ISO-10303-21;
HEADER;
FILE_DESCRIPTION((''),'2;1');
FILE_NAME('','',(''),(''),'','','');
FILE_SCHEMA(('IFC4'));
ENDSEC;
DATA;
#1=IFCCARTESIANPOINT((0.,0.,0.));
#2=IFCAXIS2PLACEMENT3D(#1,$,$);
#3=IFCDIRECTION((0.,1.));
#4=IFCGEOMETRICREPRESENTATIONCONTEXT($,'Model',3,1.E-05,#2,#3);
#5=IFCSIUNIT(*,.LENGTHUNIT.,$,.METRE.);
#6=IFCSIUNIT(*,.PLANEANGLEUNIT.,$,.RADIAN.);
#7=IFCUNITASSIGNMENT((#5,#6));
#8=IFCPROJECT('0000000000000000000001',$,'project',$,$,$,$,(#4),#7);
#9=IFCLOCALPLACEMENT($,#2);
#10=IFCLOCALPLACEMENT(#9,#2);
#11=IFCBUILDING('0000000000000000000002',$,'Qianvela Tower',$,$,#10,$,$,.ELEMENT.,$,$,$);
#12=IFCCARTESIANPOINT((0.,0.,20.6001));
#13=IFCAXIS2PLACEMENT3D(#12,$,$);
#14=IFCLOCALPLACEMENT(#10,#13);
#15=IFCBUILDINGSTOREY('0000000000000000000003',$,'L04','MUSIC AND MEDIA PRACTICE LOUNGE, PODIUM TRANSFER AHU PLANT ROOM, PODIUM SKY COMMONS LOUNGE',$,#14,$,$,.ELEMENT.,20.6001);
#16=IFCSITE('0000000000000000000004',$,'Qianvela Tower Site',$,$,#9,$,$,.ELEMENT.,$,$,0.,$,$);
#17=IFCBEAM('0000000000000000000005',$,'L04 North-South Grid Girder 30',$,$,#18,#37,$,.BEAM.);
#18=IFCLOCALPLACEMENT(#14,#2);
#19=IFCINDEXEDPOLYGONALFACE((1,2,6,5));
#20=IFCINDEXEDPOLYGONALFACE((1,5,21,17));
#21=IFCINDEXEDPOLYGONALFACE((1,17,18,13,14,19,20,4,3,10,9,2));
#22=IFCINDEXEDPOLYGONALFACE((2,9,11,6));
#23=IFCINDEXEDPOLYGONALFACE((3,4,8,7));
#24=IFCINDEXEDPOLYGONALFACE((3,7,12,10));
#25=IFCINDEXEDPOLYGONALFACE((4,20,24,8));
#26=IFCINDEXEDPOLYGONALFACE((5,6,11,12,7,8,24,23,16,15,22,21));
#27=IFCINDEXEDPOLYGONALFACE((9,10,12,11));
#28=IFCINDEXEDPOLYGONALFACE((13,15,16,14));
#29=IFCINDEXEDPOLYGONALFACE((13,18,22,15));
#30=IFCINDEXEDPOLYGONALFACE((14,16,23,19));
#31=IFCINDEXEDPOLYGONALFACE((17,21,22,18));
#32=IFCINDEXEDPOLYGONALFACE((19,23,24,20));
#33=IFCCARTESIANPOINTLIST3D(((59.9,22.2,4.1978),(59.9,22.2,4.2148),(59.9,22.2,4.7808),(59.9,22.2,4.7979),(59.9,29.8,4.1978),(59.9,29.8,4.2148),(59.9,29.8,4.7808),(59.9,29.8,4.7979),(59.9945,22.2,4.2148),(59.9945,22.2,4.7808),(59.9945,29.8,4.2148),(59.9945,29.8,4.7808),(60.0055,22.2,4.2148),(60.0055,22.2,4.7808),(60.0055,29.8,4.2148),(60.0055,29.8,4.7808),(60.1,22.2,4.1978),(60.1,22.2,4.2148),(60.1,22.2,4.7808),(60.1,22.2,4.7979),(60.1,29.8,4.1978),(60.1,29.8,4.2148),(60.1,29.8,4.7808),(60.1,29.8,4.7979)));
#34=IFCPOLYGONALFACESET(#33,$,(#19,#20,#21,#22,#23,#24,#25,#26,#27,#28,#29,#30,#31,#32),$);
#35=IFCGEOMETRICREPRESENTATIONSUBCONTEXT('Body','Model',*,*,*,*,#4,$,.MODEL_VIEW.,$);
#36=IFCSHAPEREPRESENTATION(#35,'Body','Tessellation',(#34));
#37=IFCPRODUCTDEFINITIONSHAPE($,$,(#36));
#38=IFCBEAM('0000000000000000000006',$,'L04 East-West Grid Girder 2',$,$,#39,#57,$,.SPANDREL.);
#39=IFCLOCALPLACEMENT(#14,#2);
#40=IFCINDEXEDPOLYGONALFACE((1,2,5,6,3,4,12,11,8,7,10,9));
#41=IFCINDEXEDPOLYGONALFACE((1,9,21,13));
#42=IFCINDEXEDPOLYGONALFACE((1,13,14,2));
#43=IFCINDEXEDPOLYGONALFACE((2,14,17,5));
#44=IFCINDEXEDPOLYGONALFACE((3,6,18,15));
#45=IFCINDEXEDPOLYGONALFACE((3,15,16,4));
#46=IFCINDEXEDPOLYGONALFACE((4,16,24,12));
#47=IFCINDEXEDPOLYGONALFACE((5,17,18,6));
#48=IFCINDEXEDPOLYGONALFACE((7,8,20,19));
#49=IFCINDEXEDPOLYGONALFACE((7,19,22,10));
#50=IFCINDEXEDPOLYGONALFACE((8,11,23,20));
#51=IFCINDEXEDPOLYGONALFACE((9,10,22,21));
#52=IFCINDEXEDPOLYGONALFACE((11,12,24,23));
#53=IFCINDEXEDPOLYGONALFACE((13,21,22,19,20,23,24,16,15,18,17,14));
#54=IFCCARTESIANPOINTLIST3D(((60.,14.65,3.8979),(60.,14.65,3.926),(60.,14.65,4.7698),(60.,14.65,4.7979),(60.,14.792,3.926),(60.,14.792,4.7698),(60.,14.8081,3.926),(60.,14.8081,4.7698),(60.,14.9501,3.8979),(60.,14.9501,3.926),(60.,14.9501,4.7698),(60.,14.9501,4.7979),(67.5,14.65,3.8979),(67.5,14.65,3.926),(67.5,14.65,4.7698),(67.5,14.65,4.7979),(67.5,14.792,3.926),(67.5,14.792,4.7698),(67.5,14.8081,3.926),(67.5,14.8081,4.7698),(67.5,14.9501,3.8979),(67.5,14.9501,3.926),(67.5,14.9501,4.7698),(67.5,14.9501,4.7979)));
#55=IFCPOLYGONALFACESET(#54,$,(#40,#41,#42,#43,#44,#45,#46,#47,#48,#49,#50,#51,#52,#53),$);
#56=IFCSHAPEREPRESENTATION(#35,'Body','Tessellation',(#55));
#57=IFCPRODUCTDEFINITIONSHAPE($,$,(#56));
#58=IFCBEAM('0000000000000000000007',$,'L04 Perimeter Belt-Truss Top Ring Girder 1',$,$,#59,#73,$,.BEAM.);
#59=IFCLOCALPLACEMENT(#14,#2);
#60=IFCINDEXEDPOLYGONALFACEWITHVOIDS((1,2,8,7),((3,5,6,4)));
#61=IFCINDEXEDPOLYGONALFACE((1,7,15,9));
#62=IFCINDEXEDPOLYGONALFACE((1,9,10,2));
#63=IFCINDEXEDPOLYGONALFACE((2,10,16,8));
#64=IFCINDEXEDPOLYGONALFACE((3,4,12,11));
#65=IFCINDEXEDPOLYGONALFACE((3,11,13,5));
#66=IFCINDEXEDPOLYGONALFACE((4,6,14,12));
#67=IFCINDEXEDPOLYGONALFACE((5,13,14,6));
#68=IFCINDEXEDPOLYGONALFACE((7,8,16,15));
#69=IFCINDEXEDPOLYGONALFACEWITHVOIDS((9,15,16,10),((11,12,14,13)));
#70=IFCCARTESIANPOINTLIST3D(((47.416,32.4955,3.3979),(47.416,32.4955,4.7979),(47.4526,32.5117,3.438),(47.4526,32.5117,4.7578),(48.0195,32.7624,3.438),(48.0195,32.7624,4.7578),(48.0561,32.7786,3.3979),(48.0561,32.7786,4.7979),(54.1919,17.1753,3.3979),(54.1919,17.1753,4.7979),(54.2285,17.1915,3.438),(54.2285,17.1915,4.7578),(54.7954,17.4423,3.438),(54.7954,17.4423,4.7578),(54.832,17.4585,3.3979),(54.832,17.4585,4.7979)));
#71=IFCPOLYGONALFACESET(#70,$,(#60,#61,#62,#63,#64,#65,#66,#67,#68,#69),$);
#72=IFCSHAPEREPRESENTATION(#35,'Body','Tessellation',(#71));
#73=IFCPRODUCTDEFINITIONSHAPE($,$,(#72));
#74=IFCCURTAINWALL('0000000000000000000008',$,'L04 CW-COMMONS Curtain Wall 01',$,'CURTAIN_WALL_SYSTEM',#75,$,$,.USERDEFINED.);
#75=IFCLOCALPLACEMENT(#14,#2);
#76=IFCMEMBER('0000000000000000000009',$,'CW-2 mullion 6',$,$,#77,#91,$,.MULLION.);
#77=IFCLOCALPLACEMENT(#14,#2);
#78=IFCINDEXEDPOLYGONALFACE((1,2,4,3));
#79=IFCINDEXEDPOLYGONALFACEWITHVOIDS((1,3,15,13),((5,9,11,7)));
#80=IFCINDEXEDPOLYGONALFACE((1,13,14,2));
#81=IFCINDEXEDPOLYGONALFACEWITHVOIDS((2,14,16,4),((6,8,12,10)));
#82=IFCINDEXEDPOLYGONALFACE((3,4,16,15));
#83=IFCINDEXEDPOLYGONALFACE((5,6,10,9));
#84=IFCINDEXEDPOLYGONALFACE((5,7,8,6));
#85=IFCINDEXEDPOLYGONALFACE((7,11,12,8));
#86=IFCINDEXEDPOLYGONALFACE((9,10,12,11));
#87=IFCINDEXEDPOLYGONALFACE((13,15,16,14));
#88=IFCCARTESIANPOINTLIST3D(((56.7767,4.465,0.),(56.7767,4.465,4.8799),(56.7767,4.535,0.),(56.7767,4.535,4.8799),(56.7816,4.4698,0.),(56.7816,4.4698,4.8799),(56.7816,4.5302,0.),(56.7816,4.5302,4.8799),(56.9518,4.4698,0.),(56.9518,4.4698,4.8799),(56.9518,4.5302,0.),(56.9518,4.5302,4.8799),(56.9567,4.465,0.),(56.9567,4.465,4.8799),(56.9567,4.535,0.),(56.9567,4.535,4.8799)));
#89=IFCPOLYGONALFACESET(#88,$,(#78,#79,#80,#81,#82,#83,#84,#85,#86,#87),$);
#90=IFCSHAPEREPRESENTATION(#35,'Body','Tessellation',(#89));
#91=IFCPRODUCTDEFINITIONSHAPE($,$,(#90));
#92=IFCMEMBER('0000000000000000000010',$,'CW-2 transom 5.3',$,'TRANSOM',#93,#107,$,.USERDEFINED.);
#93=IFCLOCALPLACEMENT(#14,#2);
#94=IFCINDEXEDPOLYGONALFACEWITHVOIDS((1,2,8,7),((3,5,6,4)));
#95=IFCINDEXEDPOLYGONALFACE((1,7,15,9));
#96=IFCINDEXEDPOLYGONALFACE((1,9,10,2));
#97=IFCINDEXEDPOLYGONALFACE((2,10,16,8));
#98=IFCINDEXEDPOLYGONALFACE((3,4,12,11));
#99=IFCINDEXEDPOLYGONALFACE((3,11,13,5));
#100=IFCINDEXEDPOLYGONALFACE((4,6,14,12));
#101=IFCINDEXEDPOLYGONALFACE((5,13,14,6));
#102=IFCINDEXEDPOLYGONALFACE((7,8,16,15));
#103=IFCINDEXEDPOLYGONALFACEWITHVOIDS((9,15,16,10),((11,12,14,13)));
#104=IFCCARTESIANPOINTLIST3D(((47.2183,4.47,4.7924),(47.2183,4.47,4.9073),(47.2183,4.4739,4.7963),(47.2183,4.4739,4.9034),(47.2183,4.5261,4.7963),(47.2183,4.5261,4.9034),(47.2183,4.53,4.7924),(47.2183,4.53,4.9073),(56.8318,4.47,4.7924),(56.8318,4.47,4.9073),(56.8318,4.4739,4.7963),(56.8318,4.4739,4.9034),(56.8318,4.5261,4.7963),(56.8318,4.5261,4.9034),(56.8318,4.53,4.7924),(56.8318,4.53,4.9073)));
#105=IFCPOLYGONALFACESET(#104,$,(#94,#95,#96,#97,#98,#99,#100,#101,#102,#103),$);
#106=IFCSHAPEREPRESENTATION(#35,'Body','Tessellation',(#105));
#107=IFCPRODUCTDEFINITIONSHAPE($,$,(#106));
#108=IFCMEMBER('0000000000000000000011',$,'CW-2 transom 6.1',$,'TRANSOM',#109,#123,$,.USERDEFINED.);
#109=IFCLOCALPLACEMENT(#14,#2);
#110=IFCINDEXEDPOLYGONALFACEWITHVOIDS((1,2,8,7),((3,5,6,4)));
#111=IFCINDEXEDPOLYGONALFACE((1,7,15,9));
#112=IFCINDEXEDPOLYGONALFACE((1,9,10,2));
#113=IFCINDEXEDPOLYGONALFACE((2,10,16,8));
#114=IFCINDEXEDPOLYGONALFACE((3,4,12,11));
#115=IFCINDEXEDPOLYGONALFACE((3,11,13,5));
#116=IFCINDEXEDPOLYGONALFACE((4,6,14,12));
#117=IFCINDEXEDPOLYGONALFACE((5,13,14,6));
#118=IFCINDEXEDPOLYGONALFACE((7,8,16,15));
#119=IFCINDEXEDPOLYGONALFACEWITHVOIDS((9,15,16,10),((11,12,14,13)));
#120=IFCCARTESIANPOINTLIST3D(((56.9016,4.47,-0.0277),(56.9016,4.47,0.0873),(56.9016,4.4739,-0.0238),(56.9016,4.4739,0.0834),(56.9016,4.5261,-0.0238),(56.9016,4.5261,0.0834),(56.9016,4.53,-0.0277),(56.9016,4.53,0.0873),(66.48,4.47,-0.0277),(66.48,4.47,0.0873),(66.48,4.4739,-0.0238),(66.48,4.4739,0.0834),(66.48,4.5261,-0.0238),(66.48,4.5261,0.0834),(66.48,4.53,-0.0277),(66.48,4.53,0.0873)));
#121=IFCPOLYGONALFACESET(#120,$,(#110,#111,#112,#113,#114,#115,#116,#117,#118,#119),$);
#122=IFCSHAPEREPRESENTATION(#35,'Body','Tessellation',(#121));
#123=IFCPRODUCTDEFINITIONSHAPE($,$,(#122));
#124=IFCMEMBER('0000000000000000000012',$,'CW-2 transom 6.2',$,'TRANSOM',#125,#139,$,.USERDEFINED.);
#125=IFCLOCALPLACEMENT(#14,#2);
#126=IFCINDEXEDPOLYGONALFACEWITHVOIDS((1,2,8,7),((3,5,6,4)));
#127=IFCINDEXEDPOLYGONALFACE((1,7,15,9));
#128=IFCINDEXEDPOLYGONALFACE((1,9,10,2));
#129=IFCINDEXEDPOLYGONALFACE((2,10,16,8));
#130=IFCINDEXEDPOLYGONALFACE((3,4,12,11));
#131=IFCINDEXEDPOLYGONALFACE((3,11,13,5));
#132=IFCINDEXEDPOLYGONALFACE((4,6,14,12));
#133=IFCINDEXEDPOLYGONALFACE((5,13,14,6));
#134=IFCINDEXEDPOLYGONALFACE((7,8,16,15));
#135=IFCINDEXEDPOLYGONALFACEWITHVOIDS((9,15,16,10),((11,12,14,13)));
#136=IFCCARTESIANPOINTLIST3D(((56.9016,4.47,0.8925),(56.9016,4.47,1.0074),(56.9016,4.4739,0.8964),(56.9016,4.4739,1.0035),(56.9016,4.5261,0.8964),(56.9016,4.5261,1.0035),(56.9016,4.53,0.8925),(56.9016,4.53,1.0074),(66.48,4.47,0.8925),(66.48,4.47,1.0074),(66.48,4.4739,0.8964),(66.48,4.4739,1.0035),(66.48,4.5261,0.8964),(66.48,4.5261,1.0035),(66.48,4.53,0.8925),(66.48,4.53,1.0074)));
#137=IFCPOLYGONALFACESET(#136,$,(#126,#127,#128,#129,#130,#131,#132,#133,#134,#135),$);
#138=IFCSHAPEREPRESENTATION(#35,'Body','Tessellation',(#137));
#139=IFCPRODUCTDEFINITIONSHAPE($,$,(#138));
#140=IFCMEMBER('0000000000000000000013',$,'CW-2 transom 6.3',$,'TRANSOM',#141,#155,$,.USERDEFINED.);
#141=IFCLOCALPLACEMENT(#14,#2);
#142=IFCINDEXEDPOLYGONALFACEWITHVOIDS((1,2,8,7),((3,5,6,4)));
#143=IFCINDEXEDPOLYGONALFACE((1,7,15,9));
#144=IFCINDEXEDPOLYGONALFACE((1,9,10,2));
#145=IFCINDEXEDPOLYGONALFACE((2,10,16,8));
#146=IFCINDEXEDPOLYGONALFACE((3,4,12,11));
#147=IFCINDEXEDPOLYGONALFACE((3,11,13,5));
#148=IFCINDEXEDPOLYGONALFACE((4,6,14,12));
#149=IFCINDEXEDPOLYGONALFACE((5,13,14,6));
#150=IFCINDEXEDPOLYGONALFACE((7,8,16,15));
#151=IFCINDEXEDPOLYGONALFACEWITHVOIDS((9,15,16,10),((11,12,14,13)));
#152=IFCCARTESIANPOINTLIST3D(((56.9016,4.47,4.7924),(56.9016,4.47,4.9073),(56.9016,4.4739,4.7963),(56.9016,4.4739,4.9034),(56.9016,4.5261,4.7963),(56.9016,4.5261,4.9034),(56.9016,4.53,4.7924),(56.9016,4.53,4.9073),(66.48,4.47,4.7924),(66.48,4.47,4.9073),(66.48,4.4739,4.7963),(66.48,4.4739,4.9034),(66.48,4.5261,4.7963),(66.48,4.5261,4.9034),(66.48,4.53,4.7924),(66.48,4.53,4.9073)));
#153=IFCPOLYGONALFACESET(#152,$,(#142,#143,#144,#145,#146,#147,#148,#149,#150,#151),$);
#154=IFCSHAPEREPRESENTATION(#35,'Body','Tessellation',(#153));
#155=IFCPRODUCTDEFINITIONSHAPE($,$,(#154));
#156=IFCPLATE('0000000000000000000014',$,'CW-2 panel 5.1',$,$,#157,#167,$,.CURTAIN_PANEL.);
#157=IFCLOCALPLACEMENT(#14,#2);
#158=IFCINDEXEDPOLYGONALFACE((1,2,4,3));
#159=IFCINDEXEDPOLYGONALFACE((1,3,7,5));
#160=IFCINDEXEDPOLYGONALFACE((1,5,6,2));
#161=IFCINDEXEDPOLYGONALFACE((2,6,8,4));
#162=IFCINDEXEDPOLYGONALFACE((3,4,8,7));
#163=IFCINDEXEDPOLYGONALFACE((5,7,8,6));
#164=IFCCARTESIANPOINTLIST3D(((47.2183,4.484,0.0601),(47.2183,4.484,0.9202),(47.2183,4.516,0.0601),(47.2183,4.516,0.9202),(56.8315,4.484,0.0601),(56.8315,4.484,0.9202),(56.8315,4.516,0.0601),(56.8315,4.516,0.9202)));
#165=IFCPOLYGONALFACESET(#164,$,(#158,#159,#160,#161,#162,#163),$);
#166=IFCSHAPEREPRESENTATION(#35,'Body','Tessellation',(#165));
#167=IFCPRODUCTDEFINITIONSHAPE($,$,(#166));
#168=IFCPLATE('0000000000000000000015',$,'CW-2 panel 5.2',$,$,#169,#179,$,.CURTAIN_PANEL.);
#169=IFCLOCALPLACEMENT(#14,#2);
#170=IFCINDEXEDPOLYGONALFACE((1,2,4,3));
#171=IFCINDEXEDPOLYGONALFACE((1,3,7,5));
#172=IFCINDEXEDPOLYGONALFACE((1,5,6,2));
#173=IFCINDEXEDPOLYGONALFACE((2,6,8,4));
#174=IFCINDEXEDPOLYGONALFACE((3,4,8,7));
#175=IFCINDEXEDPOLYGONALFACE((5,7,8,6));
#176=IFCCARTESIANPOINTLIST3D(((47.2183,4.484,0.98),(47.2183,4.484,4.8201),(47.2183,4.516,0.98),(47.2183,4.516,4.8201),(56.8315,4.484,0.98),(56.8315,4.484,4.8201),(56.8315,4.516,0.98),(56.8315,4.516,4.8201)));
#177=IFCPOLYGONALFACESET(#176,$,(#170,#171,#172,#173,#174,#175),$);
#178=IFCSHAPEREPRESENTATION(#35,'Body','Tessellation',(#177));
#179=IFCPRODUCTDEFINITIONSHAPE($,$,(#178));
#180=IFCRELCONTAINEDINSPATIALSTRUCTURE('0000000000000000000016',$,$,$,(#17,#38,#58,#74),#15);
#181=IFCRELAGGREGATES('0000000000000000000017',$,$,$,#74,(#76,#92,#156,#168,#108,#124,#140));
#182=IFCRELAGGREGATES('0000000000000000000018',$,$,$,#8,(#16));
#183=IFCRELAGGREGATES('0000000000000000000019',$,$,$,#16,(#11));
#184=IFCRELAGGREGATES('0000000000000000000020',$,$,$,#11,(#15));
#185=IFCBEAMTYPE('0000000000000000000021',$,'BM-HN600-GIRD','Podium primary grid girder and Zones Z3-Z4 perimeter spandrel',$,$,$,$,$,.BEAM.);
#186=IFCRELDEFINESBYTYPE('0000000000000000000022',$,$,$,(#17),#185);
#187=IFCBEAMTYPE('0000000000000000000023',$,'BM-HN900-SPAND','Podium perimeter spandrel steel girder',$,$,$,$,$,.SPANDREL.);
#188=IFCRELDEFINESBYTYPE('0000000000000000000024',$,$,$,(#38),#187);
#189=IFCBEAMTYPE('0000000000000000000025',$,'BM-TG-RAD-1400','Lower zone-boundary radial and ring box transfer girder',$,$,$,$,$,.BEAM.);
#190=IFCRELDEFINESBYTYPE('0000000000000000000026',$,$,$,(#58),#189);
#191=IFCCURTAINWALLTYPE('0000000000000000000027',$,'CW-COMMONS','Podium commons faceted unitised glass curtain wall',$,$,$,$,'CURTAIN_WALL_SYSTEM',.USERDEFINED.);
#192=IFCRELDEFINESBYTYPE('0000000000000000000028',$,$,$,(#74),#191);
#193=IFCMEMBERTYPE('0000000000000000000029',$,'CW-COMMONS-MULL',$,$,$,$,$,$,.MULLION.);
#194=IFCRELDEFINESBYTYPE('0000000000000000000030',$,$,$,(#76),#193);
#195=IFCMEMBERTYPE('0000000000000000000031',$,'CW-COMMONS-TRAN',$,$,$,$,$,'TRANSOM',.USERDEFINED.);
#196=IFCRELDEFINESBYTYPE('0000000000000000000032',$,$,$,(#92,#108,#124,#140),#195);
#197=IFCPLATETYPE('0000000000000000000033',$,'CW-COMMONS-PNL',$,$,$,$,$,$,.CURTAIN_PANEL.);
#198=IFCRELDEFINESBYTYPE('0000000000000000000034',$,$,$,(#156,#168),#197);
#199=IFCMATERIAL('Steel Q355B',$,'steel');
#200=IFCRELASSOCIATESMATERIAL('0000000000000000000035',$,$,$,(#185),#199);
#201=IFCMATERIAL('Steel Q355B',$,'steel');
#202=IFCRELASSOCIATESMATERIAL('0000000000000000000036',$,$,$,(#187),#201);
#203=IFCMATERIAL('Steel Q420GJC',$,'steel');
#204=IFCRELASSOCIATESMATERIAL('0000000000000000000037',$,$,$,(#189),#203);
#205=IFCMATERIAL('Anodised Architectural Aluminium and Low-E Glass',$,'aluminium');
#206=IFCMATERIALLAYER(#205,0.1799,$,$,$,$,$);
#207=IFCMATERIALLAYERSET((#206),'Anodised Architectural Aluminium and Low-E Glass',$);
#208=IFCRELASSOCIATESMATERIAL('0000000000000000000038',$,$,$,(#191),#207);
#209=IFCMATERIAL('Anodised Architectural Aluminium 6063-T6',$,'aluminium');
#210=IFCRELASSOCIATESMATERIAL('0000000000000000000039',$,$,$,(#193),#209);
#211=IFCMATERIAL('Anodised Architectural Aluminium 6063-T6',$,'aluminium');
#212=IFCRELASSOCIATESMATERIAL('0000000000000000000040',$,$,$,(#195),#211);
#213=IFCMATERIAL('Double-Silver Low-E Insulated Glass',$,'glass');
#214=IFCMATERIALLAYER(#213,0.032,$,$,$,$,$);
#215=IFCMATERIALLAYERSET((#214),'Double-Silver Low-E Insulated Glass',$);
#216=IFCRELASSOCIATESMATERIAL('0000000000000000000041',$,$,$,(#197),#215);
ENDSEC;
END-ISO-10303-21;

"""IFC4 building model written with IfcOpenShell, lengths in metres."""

from ifc_helpers import new_model, si_unit, direction, frame, origin, origin_2d, place, context, subcontext, project, spatial, rectangle, hollow_rectangle, i_section, extrude, material, layer, layer_set, material_profile, profile_set, type_object, element, aggregate, save


model = new_model("IFC4")

# Units and contexts
model_context = context("Model", 3, precision=1e-05, world=origin(), true_north=direction((0.0, 1.0)))
body_context = subcontext(model_context, "Body", "Model", "MODEL_VIEW")
ifc_project = project(units=[si_unit("LENGTHUNIT", "METRE"), si_unit("PLANEANGLEUNIT", "RADIAN")], contexts=[model_context])

# Site, building, storey
site_placement = place(None, origin())
site = spatial("IfcSite", under=ifc_project, at=site_placement, Name="Qianvela Tower Site", CompositionType="ELEMENT", RefElevation=0.0)
building_placement = place(site_placement, origin())
building = spatial("IfcBuilding", under=site, at=building_placement, Name="Qianvela Tower", CompositionType="ELEMENT")
storey_placement = place(building_placement, frame((0.0, 0.0, 20.6001)))
storey = spatial("IfcBuildingStorey", under=building, at=storey_placement, Name="L04", Description="MUSIC AND MEDIA PRACTICE LOUNGE, PODIUM TRANSFER AHU PLANT ROOM, PODIUM SKY COMMONS LOUNGE", CompositionType="ELEMENT", Elevation=20.6001)

# Beams
ifc_material_1 = material(Name="Steel Q355B", Category="steel")
ifc_material_profile_1 = material_profile(ifc_material_1, i_section(OverallWidth=0.2, OverallDepth=0.6001, WebThickness=0.011, FlangeThickness=0.0171, at=origin_2d()), Name="HN600x200x11x17")
ifc_profile_set_1 = profile_set([ifc_material_profile_1], Name="Steel Q355B")
beam_type_1 = type_object("IfcBeamType", Name="BM-HN600-GIRD", Description="Podium primary grid girder and Zones Z3-Z4 perimeter spandrel", PredefinedType="BEAM", material=ifc_profile_set_1)
beam_1_placement = place(storey_placement, frame((60.0, 22.2, 4.4978), z_axis=(0.0, 1.0, 0.0), x_axis=(-1.0, 0.0, 0.0)))
element("IfcBeam", 1, at=beam_1_placement, inside=storey, type_object=beam_type_1, Name="L04 North-South Grid Girder 30", PredefinedType="BEAM", context=body_context, shape_type="SweptSolid", body=[
    extrude(i_section(OverallWidth=0.2, OverallDepth=0.6001, WebThickness=0.011, FlangeThickness=0.0171, at=origin_2d()), origin(), (0.0, 0.0, 1.0), 7.6001),
])
ifc_material_2 = material(Name="Steel Q355B", Category="steel")
ifc_material_profile_2 = material_profile(ifc_material_2, i_section(OverallWidth=0.3, OverallDepth=0.8999, WebThickness=0.0161, FlangeThickness=0.0281, at=origin_2d()), Name="HN900x300x16x28")
ifc_profile_set_2 = profile_set([ifc_material_profile_2], Name="Steel Q355B")
beam_type_2 = type_object("IfcBeamType", Name="BM-HN900-SPAND", Description="Podium perimeter spandrel steel girder", PredefinedType="SPANDREL", material=ifc_profile_set_2)
beam_2_placement = place(storey_placement, frame((60.0, 14.8, 4.3479), z_axis=(1.0, 0.0, 0.0), x_axis=(0.0, 1.0, 0.0)))
element("IfcBeam", 2, at=beam_2_placement, inside=storey, type_object=beam_type_2, Name="L04 East-West Grid Girder 2", PredefinedType="SPANDREL", context=body_context, shape_type="SweptSolid", body=[
    extrude(i_section(OverallWidth=0.3, OverallDepth=0.8999, WebThickness=0.0161, FlangeThickness=0.0281, at=origin_2d()), origin(), (0.0, 0.0, 1.0), 7.5),
])
ifc_material_3 = material(Name="Steel Q420GJC", Category="steel")
ifc_material_profile_3 = material_profile(ifc_material_3, hollow_rectangle(XDim=0.7, YDim=1.3999, WallThickness=0.04, at=origin_2d()), Name="TG-BOX-1400x700x40")
ifc_profile_set_3 = profile_set([ifc_material_profile_3], Name="Steel Q420GJC")
beam_type_3 = type_object("IfcBeamType", Name="BM-TG-RAD-1400", Description="Lower zone-boundary radial and ring box transfer girder", PredefinedType="BEAM", material=ifc_profile_set_3)
beam_3_placement = place(storey_placement, frame((54.512, 17.3169, 4.0979), z_axis=(-0.404491, 0.914542, 0.0), x_axis=(-0.914542, -0.404491, 0.0)))
element("IfcBeam", 3, at=beam_3_placement, inside=storey, type_object=beam_type_3, Name="L04 Perimeter Belt-Truss Top Ring Girder 1", PredefinedType="BEAM", context=body_context, shape_type="SweptSolid", body=[
    extrude(hollow_rectangle(XDim=0.7, YDim=1.3999, WallThickness=0.04, at=origin_2d()), origin(), (0.0, 0.0, 1.0), 16.7517),
])

# Curtain wall, members, plates
ifc_material_4 = material(Name="Anodised Architectural Aluminium and Low-E Glass", Category="aluminium")
ifc_layer_1 = layer(ifc_material_4, 0.1799)
ifc_layer_set_1 = layer_set([ifc_layer_1], Name="Anodised Architectural Aluminium and Low-E Glass")
curtain_wall_type = type_object("IfcCurtainWallType", Name="CW-COMMONS", Description="Podium commons faceted unitised glass curtain wall", ElementType="CURTAIN_WALL_SYSTEM", PredefinedType="USERDEFINED", material=ifc_layer_set_1)
curtain_wall_placement = place(storey_placement, origin())
curtain_wall = element("IfcCurtainWall", 4, at=curtain_wall_placement, inside=storey, type_object=curtain_wall_type, Name="L04 CW-COMMONS Curtain Wall 01", ObjectType="CURTAIN_WALL_SYSTEM", PredefinedType="USERDEFINED")
ifc_material_5 = material(Name="Anodised Architectural Aluminium 6063-T6", Category="aluminium")
ifc_material_profile_4 = material_profile(ifc_material_5, hollow_rectangle(XDim=0.0701, YDim=0.1799, WallThickness=0.0049, at=origin_2d()), Name="ALU-MULL-70x180")
ifc_profile_set_4 = profile_set([ifc_material_profile_4], Name="Anodised Architectural Aluminium 6063-T6")
member_type_1 = type_object("IfcMemberType", Name="CW-COMMONS-MULL", PredefinedType="MULLION", material=ifc_profile_set_4)
member_1_placement = place(storey_placement, frame((56.8667, 4.5, 0.0), z_axis=(0.0, 0.0, 1.0), x_axis=(0.0, 1.0, 0.0)))
member_1 = element("IfcMember", 5, at=member_1_placement, type_object=member_type_1, Name="CW-2 mullion 6", PredefinedType="MULLION", context=body_context, shape_type="SweptSolid", body=[
    extrude(hollow_rectangle(XDim=0.0701, YDim=0.1799, WallThickness=0.0049, at=origin_2d()), origin(), (0.0, 0.0, 1.0), 4.8799),
])
ifc_material_6 = material(Name="Anodised Architectural Aluminium 6063-T6", Category="aluminium")
ifc_material_profile_5 = material_profile(ifc_material_6, hollow_rectangle(XDim=0.0601, YDim=0.115, WallThickness=0.0039, at=origin_2d()), Name="ALU-TRAN-60x115")
ifc_profile_set_5 = profile_set([ifc_material_profile_5], Name="Anodised Architectural Aluminium 6063-T6")
member_type_2 = type_object("IfcMemberType", Name="CW-COMMONS-TRAN", ElementType="TRANSOM", PredefinedType="USERDEFINED", material=ifc_profile_set_5)
member_2_placement = place(storey_placement, frame((47.2183, 4.5, 4.8499), z_axis=(1.0, 0.0, 0.0), x_axis=(0.0, 1.0, 0.0)))
member_2 = element("IfcMember", 6, at=member_2_placement, type_object=member_type_2, Name="CW-2 transom 5.3", ObjectType="TRANSOM", PredefinedType="USERDEFINED", context=body_context, shape_type="SweptSolid", body=[
    extrude(hollow_rectangle(XDim=0.0601, YDim=0.115, WallThickness=0.0039, at=origin_2d()), origin(), (0.0, 0.0, 1.0), 9.6135),
])
member_3_placement = place(storey_placement, frame((56.9016, 4.5, 0.0298), z_axis=(1.0, 0.0, 0.0), x_axis=(0.0, 1.0, 0.0)))
member_3 = element("IfcMember", 7, at=member_3_placement, type_object=member_type_2, Name="CW-2 transom 6.1", ObjectType="TRANSOM", PredefinedType="USERDEFINED", context=body_context, shape_type="SweptSolid", body=[
    extrude(hollow_rectangle(XDim=0.0601, YDim=0.115, WallThickness=0.0039, at=origin_2d()), origin(), (0.0, 0.0, 1.0), 9.5784),
])
member_4_placement = place(storey_placement, frame((56.9016, 4.5, 0.95), z_axis=(1.0, 0.0, 0.0), x_axis=(0.0, 1.0, 0.0)))
member_4 = element("IfcMember", 8, at=member_4_placement, type_object=member_type_2, Name="CW-2 transom 6.2", ObjectType="TRANSOM", PredefinedType="USERDEFINED", context=body_context, shape_type="SweptSolid", body=[
    extrude(hollow_rectangle(XDim=0.0601, YDim=0.115, WallThickness=0.0039, at=origin_2d()), origin(), (0.0, 0.0, 1.0), 9.5784),
])
member_5_placement = place(storey_placement, frame((56.9016, 4.5, 4.8499), z_axis=(1.0, 0.0, 0.0), x_axis=(0.0, 1.0, 0.0)))
member_5 = element("IfcMember", 9, at=member_5_placement, type_object=member_type_2, Name="CW-2 transom 6.3", ObjectType="TRANSOM", PredefinedType="USERDEFINED", context=body_context, shape_type="SweptSolid", body=[
    extrude(hollow_rectangle(XDim=0.0601, YDim=0.115, WallThickness=0.0039, at=origin_2d()), origin(), (0.0, 0.0, 1.0), 9.5784),
])
ifc_material_7 = material(Name="Double-Silver Low-E Insulated Glass", Category="glass")
ifc_layer_2 = layer(ifc_material_7, 0.032)
ifc_layer_set_2 = layer_set([ifc_layer_2], Name="Double-Silver Low-E Insulated Glass")
plate_type_1 = type_object("IfcPlateType", Name="CW-COMMONS-PNL", PredefinedType="CURTAIN_PANEL", material=ifc_layer_set_2)
plate_1_placement = place(storey_placement, frame((52.0249, 4.5, 0.0601), z_axis=(0.0, 0.0, 1.0), x_axis=(1.0, 0.0, 0.0)))
plate_1 = element("IfcPlate", 10, at=plate_1_placement, type_object=plate_type_1, Name="CW-2 panel 5.1", PredefinedType="CURTAIN_PANEL", context=body_context, shape_type="SweptSolid", body=[
    extrude(rectangle(XDim=9.6133, YDim=0.032, at=origin_2d()), origin(), (0.0, 0.0, 1.0), 0.8601),
])
plate_2_placement = place(storey_placement, frame((52.0249, 4.5, 0.98), z_axis=(0.0, 0.0, 1.0), x_axis=(1.0, 0.0, 0.0)))
plate_2 = element("IfcPlate", 11, at=plate_2_placement, type_object=plate_type_1, Name="CW-2 panel 5.2", PredefinedType="CURTAIN_PANEL", context=body_context, shape_type="SweptSolid", body=[
    extrude(rectangle(XDim=9.6133, YDim=0.032, at=origin_2d()), origin(), (0.0, 0.0, 1.0), 3.8401),
])
aggregate(curtain_wall, [member_1, member_2, plate_1, plate_2, member_3, member_4, member_5])

save(model, "model.ifc")
